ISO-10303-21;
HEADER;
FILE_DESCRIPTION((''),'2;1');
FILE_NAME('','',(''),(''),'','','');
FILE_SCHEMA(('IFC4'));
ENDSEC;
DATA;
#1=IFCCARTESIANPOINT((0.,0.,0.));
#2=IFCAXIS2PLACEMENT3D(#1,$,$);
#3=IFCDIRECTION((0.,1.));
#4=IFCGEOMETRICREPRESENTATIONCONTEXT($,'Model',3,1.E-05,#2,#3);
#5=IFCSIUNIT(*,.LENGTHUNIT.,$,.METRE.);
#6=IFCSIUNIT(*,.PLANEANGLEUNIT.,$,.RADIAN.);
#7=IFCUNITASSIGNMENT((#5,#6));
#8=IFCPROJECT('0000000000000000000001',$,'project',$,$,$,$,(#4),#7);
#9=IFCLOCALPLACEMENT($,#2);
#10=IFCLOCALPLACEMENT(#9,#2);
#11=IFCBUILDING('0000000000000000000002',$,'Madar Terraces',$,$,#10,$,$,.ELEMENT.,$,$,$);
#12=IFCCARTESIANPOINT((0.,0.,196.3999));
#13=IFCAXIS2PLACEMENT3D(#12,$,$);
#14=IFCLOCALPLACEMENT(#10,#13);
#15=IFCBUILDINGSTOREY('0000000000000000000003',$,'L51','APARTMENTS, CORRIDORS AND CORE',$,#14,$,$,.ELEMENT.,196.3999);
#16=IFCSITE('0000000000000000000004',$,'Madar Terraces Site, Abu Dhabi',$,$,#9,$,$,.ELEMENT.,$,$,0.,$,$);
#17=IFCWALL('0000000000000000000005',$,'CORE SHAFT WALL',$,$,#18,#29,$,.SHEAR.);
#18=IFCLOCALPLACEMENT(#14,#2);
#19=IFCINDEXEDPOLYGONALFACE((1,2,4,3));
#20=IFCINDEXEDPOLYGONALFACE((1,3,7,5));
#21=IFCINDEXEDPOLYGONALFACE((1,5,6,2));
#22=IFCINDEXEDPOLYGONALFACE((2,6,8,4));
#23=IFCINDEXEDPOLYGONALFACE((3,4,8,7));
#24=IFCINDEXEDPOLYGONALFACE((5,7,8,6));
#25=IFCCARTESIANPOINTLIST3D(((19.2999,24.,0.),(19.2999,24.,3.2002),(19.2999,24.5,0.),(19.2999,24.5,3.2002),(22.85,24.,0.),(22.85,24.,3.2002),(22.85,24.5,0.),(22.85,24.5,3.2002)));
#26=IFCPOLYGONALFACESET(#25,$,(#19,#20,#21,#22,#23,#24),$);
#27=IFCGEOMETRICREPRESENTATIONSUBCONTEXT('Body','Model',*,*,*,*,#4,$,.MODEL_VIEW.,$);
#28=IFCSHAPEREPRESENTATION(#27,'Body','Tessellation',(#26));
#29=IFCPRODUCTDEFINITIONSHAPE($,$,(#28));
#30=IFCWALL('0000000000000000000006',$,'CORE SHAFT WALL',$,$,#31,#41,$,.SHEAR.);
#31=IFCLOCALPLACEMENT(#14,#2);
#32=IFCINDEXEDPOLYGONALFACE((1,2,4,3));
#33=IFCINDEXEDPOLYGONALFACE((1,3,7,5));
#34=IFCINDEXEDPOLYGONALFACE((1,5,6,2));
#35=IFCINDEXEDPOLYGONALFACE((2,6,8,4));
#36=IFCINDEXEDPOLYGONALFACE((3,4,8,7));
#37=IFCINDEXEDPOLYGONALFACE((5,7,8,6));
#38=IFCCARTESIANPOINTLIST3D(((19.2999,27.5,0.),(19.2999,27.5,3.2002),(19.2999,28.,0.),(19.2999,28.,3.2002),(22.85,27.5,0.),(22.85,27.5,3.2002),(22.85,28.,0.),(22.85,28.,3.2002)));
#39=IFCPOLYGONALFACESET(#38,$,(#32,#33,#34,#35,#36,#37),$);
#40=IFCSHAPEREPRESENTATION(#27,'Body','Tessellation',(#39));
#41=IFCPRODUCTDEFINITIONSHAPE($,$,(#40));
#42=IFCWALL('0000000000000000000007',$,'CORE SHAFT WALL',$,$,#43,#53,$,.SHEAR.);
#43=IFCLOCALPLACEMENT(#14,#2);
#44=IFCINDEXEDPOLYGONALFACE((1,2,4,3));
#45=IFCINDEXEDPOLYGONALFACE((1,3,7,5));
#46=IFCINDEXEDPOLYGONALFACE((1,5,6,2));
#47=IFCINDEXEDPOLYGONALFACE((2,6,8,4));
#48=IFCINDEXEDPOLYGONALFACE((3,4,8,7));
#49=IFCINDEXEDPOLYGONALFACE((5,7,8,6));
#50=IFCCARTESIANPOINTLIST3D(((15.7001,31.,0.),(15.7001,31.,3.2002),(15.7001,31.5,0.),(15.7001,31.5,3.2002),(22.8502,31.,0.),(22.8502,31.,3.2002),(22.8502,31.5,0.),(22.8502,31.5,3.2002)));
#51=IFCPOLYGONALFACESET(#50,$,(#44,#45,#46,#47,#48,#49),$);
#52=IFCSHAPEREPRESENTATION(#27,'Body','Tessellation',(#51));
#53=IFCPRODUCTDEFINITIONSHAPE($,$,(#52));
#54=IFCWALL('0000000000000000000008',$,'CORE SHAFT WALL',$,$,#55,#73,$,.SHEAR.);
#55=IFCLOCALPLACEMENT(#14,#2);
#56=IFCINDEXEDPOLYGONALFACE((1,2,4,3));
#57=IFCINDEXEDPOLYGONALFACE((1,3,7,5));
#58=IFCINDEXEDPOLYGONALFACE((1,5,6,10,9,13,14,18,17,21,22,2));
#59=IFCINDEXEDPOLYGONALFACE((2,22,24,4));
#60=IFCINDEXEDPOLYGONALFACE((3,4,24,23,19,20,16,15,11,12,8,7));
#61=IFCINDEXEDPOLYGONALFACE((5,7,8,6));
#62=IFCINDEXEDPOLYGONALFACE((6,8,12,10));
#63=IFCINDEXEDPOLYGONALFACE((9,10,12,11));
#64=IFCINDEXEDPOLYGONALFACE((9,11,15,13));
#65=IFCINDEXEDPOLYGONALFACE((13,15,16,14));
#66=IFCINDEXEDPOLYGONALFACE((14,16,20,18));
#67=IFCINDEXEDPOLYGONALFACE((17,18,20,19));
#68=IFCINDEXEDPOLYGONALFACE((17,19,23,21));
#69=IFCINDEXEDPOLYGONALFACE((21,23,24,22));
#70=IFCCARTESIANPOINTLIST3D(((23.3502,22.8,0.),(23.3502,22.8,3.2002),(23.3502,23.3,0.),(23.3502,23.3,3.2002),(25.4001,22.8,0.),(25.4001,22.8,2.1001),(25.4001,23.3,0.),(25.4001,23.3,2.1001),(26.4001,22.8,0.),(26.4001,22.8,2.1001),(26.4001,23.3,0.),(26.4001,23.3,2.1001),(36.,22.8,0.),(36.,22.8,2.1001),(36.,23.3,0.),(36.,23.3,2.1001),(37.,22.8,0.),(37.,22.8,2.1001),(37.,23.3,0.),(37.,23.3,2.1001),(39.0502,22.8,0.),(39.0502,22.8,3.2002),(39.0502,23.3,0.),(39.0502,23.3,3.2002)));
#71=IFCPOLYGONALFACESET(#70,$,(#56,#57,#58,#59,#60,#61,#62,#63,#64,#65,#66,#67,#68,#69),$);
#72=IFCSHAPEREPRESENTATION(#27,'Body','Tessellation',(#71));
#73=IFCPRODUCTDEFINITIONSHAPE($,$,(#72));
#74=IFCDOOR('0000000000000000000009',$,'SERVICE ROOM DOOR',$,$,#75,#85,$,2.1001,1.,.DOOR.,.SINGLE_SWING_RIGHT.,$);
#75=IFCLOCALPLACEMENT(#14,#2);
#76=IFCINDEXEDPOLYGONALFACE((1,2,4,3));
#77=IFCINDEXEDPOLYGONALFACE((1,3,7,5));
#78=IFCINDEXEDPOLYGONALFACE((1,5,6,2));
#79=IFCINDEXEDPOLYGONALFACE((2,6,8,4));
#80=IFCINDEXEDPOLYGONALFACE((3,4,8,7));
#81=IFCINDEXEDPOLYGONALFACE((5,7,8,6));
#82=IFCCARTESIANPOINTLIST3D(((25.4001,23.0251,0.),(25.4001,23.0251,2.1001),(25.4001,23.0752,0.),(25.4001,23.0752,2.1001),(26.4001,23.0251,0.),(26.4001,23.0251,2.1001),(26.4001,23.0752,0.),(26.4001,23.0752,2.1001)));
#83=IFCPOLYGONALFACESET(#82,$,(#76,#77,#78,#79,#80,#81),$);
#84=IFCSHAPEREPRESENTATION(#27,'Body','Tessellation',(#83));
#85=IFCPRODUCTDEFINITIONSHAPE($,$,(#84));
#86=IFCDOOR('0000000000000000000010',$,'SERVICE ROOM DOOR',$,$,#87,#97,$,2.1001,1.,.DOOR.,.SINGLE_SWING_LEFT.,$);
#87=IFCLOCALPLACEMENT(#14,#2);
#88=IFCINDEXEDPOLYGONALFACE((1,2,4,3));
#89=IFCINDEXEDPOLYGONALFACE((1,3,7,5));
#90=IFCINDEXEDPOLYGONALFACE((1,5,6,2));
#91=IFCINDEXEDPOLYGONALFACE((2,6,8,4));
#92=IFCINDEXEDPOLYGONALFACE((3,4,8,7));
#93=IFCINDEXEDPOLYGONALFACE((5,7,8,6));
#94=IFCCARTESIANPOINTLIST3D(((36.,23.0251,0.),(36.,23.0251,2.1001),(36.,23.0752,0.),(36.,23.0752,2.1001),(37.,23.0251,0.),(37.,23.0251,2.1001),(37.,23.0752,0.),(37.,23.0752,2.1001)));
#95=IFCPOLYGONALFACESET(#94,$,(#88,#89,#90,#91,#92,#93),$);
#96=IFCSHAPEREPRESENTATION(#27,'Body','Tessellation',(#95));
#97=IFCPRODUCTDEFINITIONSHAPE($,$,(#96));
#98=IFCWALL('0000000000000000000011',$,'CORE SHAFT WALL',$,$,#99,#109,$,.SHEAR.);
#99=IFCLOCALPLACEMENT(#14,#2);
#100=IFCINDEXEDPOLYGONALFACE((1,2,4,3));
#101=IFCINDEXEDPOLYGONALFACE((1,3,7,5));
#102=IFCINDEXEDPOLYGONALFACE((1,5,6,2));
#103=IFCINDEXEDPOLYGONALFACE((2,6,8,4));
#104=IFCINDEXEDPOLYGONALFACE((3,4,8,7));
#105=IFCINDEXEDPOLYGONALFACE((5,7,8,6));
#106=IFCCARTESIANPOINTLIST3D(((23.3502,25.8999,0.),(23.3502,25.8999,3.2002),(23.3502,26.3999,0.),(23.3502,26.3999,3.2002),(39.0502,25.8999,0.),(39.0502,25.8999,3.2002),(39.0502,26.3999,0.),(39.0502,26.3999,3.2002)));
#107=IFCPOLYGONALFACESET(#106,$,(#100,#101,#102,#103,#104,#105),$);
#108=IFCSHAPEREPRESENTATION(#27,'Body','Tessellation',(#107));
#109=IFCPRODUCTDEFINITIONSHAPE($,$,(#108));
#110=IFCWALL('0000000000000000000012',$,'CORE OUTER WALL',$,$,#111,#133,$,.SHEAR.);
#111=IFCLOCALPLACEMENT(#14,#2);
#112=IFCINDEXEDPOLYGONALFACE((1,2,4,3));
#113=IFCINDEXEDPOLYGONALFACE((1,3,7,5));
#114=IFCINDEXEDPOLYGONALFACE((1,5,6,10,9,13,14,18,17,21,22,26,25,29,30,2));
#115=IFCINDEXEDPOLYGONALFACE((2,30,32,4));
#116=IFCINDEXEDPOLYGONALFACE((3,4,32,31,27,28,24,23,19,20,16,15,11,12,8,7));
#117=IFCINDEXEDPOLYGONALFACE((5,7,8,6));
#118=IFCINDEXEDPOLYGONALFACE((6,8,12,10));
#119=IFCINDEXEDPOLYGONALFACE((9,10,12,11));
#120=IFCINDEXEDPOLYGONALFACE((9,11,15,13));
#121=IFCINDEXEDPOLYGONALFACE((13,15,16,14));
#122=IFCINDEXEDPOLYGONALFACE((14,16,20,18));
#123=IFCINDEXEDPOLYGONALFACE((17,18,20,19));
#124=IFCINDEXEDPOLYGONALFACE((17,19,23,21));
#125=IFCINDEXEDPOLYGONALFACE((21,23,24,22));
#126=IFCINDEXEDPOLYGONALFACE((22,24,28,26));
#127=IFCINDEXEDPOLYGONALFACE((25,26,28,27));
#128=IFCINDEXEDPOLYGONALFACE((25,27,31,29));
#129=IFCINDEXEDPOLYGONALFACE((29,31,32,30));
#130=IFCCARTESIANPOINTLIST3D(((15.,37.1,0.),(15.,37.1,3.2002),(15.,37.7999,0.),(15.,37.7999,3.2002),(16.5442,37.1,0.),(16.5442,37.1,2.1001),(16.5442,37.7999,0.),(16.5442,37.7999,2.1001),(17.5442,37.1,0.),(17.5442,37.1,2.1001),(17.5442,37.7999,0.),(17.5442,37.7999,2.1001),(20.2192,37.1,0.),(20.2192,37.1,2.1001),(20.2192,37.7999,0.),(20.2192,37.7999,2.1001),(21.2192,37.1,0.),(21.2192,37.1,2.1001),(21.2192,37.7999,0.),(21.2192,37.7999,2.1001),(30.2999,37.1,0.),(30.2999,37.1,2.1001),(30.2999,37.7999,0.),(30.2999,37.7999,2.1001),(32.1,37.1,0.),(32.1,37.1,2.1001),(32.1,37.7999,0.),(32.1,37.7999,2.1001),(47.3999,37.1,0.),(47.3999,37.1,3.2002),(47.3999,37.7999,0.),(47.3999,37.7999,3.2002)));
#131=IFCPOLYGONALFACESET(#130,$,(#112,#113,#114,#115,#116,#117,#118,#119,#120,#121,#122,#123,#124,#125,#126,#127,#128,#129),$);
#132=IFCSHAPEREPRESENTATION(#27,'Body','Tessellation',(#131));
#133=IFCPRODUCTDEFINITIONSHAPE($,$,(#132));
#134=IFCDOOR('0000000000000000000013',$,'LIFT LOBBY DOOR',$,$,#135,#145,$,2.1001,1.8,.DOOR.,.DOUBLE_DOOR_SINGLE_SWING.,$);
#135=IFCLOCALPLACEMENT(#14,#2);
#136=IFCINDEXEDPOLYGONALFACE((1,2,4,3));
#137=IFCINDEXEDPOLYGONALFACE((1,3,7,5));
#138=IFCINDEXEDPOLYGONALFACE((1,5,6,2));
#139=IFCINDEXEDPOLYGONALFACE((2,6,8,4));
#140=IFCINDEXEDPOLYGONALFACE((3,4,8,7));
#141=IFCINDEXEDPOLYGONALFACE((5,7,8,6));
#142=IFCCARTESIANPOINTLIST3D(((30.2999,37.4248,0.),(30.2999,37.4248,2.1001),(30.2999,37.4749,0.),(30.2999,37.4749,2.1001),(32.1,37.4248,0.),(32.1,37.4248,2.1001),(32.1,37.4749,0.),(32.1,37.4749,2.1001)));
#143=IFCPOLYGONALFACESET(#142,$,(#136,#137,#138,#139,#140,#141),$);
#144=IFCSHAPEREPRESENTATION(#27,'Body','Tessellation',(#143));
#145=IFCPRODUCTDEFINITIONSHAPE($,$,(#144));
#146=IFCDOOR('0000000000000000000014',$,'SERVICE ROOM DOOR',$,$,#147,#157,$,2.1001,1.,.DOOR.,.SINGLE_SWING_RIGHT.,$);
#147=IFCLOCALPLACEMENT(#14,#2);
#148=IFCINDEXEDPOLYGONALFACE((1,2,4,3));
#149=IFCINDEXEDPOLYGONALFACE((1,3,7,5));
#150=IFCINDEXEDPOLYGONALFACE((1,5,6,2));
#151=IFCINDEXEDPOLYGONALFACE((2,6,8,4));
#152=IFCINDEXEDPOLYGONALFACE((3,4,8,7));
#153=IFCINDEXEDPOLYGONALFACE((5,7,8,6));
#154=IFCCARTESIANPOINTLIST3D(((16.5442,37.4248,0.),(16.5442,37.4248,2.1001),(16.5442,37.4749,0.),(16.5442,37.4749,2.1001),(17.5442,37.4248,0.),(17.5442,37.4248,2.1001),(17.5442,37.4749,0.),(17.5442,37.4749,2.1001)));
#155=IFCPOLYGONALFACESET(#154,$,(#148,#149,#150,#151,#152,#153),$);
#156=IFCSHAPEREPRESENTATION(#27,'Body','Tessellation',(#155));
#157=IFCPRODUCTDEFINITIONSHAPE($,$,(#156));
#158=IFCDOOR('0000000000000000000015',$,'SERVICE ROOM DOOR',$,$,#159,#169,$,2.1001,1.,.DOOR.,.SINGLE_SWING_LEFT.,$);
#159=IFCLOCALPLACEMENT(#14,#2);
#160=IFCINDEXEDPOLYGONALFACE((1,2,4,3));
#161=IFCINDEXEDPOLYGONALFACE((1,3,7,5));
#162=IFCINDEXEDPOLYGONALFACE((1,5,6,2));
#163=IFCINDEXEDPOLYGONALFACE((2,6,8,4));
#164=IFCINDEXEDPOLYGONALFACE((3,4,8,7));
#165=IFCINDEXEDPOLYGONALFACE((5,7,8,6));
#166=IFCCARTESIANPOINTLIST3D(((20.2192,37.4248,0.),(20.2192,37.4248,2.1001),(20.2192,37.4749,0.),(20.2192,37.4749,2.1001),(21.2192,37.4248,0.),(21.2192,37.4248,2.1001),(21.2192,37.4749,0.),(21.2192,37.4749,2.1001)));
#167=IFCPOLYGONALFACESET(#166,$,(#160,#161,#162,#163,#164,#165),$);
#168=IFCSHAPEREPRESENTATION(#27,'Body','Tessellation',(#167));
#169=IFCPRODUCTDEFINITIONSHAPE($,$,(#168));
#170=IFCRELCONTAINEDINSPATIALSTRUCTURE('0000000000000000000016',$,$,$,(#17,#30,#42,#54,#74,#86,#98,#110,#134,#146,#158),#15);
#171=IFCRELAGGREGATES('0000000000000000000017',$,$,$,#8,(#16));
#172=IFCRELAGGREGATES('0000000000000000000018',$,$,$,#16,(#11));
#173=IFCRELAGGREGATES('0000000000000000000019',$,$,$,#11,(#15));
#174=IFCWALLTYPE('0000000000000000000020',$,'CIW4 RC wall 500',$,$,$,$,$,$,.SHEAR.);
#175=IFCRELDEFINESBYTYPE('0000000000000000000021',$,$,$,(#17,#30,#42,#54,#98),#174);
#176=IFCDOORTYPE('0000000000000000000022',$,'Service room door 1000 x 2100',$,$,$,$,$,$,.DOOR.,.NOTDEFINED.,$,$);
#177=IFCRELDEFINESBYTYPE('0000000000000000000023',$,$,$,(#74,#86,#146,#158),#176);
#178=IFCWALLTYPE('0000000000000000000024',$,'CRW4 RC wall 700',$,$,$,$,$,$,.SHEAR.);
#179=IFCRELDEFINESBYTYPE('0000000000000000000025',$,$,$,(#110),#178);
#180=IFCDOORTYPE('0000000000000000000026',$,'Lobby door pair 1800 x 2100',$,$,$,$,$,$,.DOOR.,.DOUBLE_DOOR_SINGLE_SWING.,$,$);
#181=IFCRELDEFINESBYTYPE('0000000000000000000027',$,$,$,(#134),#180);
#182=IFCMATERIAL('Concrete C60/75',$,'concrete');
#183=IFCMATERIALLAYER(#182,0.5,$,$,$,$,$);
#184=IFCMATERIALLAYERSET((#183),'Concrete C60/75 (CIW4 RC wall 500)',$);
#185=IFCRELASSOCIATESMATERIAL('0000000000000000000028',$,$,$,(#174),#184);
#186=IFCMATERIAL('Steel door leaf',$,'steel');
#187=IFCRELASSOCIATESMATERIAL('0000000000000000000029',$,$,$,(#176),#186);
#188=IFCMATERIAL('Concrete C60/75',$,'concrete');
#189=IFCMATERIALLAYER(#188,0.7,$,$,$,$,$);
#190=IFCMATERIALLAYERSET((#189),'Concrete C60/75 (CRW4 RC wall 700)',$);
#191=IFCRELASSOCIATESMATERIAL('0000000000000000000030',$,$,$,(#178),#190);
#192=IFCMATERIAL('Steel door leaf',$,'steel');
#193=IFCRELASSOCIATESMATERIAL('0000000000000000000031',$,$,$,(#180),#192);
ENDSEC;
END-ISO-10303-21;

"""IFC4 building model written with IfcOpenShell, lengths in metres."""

from ifc_helpers import new_model, si_unit, direction, frame, frame_2d, origin, place, context, subcontext, project, spatial, rectangle, extrude, material, layer, layer_set, type_object, element, fill, save


model = new_model("IFC4")

# Units and contexts
model_context = context("Model", 3, precision=1e-05, world=origin(), true_north=direction((0.0, 1.0)))
body_context = subcontext(model_context, "Body", "Model", "MODEL_VIEW")
ifc_project = project(units=[si_unit("LENGTHUNIT", "METRE"), si_unit("PLANEANGLEUNIT", "RADIAN")], contexts=[model_context])

# Site, building, storey
site_placement = place(None, origin())
site = spatial("IfcSite", under=ifc_project, at=site_placement, Name="Madar Terraces Site, Abu Dhabi", CompositionType="ELEMENT", RefElevation=0.0)
building_placement = place(site_placement, origin())
building = spatial("IfcBuilding", under=site, at=building_placement, Name="Madar Terraces", CompositionType="ELEMENT")
storey_placement = place(building_placement, frame((0.0, 0.0, 196.3999)))
storey = spatial("IfcBuildingStorey", under=building, at=storey_placement, Name="L51", Description="APARTMENTS, CORRIDORS AND CORE", CompositionType="ELEMENT", Elevation=196.3999)

# Walls
ifc_material_1 = material(Name="Concrete C60/75", Category="concrete")
ifc_layer_1 = layer(ifc_material_1, 0.5)
ifc_layer_set_1 = layer_set([ifc_layer_1], Name="Concrete C60/75 (CIW4 RC wall 500)")
wall_type_1 = type_object("IfcWallType", Name="CIW4 RC wall 500", PredefinedType="SHEAR", material=ifc_layer_set_1)
for number, where, z_axis, x_axis, name in (
    (1, (19.3, 24.25, 0.0), (0.0, 0.0, 1.0), (1.0, 0.0, 0.0), "CORE SHAFT WALL"),
    (2, (19.3, 27.75, 0.0), (0.0, 0.0, 1.0), (1.0, 0.0, 0.0), "CORE SHAFT WALL"),
):
    element("IfcWall", number, at=place(storey_placement, frame(where, z_axis=z_axis, x_axis=x_axis)), inside=storey, type_object=wall_type_1, Name=name, PredefinedType="SHEAR", context=body_context, shape_type="SweptSolid", body=[
        extrude(rectangle(XDim=3.55, YDim=0.5, at=frame_2d((1.7749, 0.0))), origin(), (0.0, 0.0, 1.0), 3.2002),
    ])
wall_1_placement = place(storey_placement, frame((15.7, 31.25, 0.0), z_axis=(0.0, 0.0, 1.0), x_axis=(1.0, 0.0, 0.0)))
element("IfcWall", 3, at=wall_1_placement, inside=storey, type_object=wall_type_1, Name="CORE SHAFT WALL", PredefinedType="SHEAR", context=body_context, shape_type="SweptSolid", body=[
    extrude(rectangle(XDim=7.1501, YDim=0.5, at=frame_2d((3.5752, 0.0))), origin(), (0.0, 0.0, 1.0), 3.2002),
])

# Wall, openings, doors
wall_2_placement = place(storey_placement, frame((23.3501, 23.05, 0.0), z_axis=(0.0, 0.0, 1.0), x_axis=(1.0, 0.0, 0.0)))
wall_2 = element("IfcWall", 4, at=wall_2_placement, inside=storey, type_object=wall_type_1, Name="CORE SHAFT WALL", PredefinedType="SHEAR", context=body_context, shape_type="SweptSolid", body=[
    extrude(rectangle(XDim=15.7, YDim=0.5, at=frame_2d((7.8501, 0.0))), origin(), (0.0, 0.0, 1.0), 3.2002),
])
opening_1_placement = place(wall_2_placement, frame((2.05, 0.0, 0.0)))
opening_1 = element("IfcOpeningElement", 5, at=opening_1_placement, cuts=wall_2, PredefinedType="OPENING", context=body_context, shape_type="SweptSolid", body=[
    extrude(rectangle(XDim=1.0, YDim=2.1001, at=frame_2d((0.5, 1.05))), frame((0.0, 0.26, 0.0), z_axis=(0.0, -1.0, 0.0), x_axis=(1.0, 0.0, 0.0)), (0.0, 0.0, 1.0), 0.52),
])
opening_2_placement = place(wall_2_placement, frame((12.6499, 0.0, 0.0)))
opening_2 = element("IfcOpeningElement", 6, at=opening_2_placement, cuts=wall_2, PredefinedType="OPENING", context=body_context, shape_type="SweptSolid", body=[
    extrude(rectangle(XDim=1.0, YDim=2.1001, at=frame_2d((0.5, 1.05))), frame((0.0, 0.26, 0.0), z_axis=(0.0, -1.0, 0.0), x_axis=(1.0, 0.0, 0.0)), (0.0, 0.0, 1.0), 0.52),
])
ifc_material_2 = material(Name="Steel door leaf", Category="steel")
door_type_1 = type_object("IfcDoorType", Name="Service room door 1000 x 2100", OperationType="NOTDEFINED", PredefinedType="DOOR", material=ifc_material_2)
door_1_placement = place(opening_1_placement, frame((1.0, 0.0, 0.0), z_axis=(0.0, 0.0, 1.0), x_axis=(-1.0, 0.0, 0.0)))
door_1 = element("IfcDoor", 7, at=door_1_placement, inside=storey, type_object=door_type_1, Name="SERVICE ROOM DOOR", OperationType="SINGLE_SWING_RIGHT", OverallHeight=2.1001, OverallWidth=1.0, PredefinedType="DOOR", context=body_context, shape_type="SweptSolid", body=[
    extrude(rectangle(XDim=1.0, YDim=2.1001, at=frame_2d((0.5, 1.05))), frame((0.0, 0.0249, 0.0), z_axis=(0.0, -1.0, 0.0), x_axis=(1.0, 0.0, 0.0)), (0.0, 0.0, 1.0), 0.05),
])
fill(opening_1, door_1)
door_2_placement = place(opening_2_placement, frame((1.0, 0.0, 0.0), z_axis=(0.0, 0.0, 1.0), x_axis=(-1.0, 0.0, 0.0)))
door_2 = element("IfcDoor", 8, at=door_2_placement, inside=storey, type_object=door_type_1, Name="SERVICE ROOM DOOR", OperationType="SINGLE_SWING_LEFT", OverallHeight=2.1001, OverallWidth=1.0, PredefinedType="DOOR", context=body_context, shape_type="SweptSolid", body=[
    extrude(rectangle(XDim=1.0, YDim=2.1001, at=frame_2d((0.5, 1.05))), frame((0.0, 0.0249, 0.0), z_axis=(0.0, -1.0, 0.0), x_axis=(1.0, 0.0, 0.0)), (0.0, 0.0, 1.0), 0.05),
])
fill(opening_2, door_2)

# Wall
wall_3_placement = place(storey_placement, frame((23.3501, 26.1499, 0.0), z_axis=(0.0, 0.0, 1.0), x_axis=(1.0, 0.0, 0.0)))
element("IfcWall", 9, at=wall_3_placement, inside=storey, type_object=wall_type_1, Name="CORE SHAFT WALL", PredefinedType="SHEAR", context=body_context, shape_type="SweptSolid", body=[
    extrude(rectangle(XDim=15.7, YDim=0.5, at=frame_2d((7.8501, 0.0))), origin(), (0.0, 0.0, 1.0), 3.2002),
])

# Wall, openings, doors
ifc_material_3 = material(Name="Concrete C60/75", Category="concrete")
ifc_layer_2 = layer(ifc_material_3, 0.7)
ifc_layer_set_2 = layer_set([ifc_layer_2], Name="Concrete C60/75 (CRW4 RC wall 700)")
wall_type_2 = type_object("IfcWallType", Name="CRW4 RC wall 700", PredefinedType="SHEAR", material=ifc_layer_set_2)
wall_4_placement = place(storey_placement, frame((15.0, 37.45, 0.0), z_axis=(0.0, 0.0, 1.0), x_axis=(1.0, 0.0, 0.0)))
wall_4 = element("IfcWall", 10, at=wall_4_placement, inside=storey, type_object=wall_type_2, Name="CORE OUTER WALL", PredefinedType="SHEAR", context=body_context, shape_type="SweptSolid", body=[
    extrude(rectangle(XDim=32.3999, YDim=0.7, at=frame_2d((16.2, 0.0))), origin(), (0.0, 0.0, 1.0), 3.2002),
])
opening_3_placement = place(wall_4_placement, frame((15.3, 0.0, 0.0)))
opening_3 = element("IfcOpeningElement", 11, at=opening_3_placement, cuts=wall_4, PredefinedType="OPENING", context=body_context, shape_type="SweptSolid", body=[
    extrude(rectangle(XDim=1.8, YDim=2.1001, at=frame_2d((0.8999, 1.05))), frame((0.0, 0.3599, 0.0), z_axis=(0.0, -1.0, 0.0), x_axis=(1.0, 0.0, 0.0)), (0.0, 0.0, 1.0), 0.72),
])
opening_4_placement = place(wall_4_placement, frame((1.5442, 0.0, 0.0)))
opening_4 = element("IfcOpeningElement", 12, at=opening_4_placement, cuts=wall_4, PredefinedType="OPENING", context=body_context, shape_type="SweptSolid", body=[
    extrude(rectangle(XDim=1.0, YDim=2.1001, at=frame_2d((0.5, 1.05))), frame((0.0, 0.3599, 0.0), z_axis=(0.0, -1.0, 0.0), x_axis=(1.0, 0.0, 0.0)), (0.0, 0.0, 1.0), 0.72),
])
opening_5_placement = place(wall_4_placement, frame((5.2192, 0.0, 0.0)))
opening_5 = element("IfcOpeningElement", 13, at=opening_5_placement, cuts=wall_4, PredefinedType="OPENING", context=body_context, shape_type="SweptSolid", body=[
    extrude(rectangle(XDim=1.0, YDim=2.1001, at=frame_2d((0.5, 1.05))), frame((0.0, 0.3599, 0.0), z_axis=(0.0, -1.0, 0.0), x_axis=(1.0, 0.0, 0.0)), (0.0, 0.0, 1.0), 0.72),
])
ifc_material_4 = material(Name="Steel door leaf", Category="steel")
door_type_2 = type_object("IfcDoorType", Name="Lobby door pair 1800 x 2100", OperationType="DOUBLE_DOOR_SINGLE_SWING", PredefinedType="DOOR", material=ifc_material_4)
door_3_placement = place(opening_3_placement, origin())
door_3 = element("IfcDoor", 14, at=door_3_placement, inside=storey, type_object=door_type_2, Name="LIFT LOBBY DOOR", OperationType="DOUBLE_DOOR_SINGLE_SWING", OverallHeight=2.1001, OverallWidth=1.8, PredefinedType="DOOR", context=body_context, shape_type="SweptSolid", body=[
    extrude(rectangle(XDim=1.8, YDim=2.1001, at=frame_2d((0.8999, 1.05))), frame((0.0, 0.0249, 0.0), z_axis=(0.0, -1.0, 0.0), x_axis=(1.0, 0.0, 0.0)), (0.0, 0.0, 1.0), 0.05),
])
fill(opening_3, door_3)
door_4_placement = place(opening_4_placement, origin())
door_4 = element("IfcDoor", 15, at=door_4_placement, inside=storey, type_object=door_type_1, Name="SERVICE ROOM DOOR", OperationType="SINGLE_SWING_RIGHT", OverallHeight=2.1001, OverallWidth=1.0, PredefinedType="DOOR", context=body_context, shape_type="SweptSolid", body=[
    extrude(rectangle(XDim=1.0, YDim=2.1001, at=frame_2d((0.5, 1.05))), frame((0.0, 0.0249, 0.0), z_axis=(0.0, -1.0, 0.0), x_axis=(1.0, 0.0, 0.0)), (0.0, 0.0, 1.0), 0.05),
])
fill(opening_4, door_4)
door_5_placement = place(opening_5_placement, origin())
door_5 = element("IfcDoor", 16, at=door_5_placement, inside=storey, type_object=door_type_1, Name="SERVICE ROOM DOOR", OperationType="SINGLE_SWING_LEFT", OverallHeight=2.1001, OverallWidth=1.0, PredefinedType="DOOR", context=body_context, shape_type="SweptSolid", body=[
    extrude(rectangle(XDim=1.0, YDim=2.1001, at=frame_2d((0.5, 1.05))), frame((0.0, 0.0249, 0.0), z_axis=(0.0, -1.0, 0.0), x_axis=(1.0, 0.0, 0.0)), (0.0, 0.0, 1.0), 0.05),
])
fill(opening_5, door_5)

save(model, "model.ifc")
